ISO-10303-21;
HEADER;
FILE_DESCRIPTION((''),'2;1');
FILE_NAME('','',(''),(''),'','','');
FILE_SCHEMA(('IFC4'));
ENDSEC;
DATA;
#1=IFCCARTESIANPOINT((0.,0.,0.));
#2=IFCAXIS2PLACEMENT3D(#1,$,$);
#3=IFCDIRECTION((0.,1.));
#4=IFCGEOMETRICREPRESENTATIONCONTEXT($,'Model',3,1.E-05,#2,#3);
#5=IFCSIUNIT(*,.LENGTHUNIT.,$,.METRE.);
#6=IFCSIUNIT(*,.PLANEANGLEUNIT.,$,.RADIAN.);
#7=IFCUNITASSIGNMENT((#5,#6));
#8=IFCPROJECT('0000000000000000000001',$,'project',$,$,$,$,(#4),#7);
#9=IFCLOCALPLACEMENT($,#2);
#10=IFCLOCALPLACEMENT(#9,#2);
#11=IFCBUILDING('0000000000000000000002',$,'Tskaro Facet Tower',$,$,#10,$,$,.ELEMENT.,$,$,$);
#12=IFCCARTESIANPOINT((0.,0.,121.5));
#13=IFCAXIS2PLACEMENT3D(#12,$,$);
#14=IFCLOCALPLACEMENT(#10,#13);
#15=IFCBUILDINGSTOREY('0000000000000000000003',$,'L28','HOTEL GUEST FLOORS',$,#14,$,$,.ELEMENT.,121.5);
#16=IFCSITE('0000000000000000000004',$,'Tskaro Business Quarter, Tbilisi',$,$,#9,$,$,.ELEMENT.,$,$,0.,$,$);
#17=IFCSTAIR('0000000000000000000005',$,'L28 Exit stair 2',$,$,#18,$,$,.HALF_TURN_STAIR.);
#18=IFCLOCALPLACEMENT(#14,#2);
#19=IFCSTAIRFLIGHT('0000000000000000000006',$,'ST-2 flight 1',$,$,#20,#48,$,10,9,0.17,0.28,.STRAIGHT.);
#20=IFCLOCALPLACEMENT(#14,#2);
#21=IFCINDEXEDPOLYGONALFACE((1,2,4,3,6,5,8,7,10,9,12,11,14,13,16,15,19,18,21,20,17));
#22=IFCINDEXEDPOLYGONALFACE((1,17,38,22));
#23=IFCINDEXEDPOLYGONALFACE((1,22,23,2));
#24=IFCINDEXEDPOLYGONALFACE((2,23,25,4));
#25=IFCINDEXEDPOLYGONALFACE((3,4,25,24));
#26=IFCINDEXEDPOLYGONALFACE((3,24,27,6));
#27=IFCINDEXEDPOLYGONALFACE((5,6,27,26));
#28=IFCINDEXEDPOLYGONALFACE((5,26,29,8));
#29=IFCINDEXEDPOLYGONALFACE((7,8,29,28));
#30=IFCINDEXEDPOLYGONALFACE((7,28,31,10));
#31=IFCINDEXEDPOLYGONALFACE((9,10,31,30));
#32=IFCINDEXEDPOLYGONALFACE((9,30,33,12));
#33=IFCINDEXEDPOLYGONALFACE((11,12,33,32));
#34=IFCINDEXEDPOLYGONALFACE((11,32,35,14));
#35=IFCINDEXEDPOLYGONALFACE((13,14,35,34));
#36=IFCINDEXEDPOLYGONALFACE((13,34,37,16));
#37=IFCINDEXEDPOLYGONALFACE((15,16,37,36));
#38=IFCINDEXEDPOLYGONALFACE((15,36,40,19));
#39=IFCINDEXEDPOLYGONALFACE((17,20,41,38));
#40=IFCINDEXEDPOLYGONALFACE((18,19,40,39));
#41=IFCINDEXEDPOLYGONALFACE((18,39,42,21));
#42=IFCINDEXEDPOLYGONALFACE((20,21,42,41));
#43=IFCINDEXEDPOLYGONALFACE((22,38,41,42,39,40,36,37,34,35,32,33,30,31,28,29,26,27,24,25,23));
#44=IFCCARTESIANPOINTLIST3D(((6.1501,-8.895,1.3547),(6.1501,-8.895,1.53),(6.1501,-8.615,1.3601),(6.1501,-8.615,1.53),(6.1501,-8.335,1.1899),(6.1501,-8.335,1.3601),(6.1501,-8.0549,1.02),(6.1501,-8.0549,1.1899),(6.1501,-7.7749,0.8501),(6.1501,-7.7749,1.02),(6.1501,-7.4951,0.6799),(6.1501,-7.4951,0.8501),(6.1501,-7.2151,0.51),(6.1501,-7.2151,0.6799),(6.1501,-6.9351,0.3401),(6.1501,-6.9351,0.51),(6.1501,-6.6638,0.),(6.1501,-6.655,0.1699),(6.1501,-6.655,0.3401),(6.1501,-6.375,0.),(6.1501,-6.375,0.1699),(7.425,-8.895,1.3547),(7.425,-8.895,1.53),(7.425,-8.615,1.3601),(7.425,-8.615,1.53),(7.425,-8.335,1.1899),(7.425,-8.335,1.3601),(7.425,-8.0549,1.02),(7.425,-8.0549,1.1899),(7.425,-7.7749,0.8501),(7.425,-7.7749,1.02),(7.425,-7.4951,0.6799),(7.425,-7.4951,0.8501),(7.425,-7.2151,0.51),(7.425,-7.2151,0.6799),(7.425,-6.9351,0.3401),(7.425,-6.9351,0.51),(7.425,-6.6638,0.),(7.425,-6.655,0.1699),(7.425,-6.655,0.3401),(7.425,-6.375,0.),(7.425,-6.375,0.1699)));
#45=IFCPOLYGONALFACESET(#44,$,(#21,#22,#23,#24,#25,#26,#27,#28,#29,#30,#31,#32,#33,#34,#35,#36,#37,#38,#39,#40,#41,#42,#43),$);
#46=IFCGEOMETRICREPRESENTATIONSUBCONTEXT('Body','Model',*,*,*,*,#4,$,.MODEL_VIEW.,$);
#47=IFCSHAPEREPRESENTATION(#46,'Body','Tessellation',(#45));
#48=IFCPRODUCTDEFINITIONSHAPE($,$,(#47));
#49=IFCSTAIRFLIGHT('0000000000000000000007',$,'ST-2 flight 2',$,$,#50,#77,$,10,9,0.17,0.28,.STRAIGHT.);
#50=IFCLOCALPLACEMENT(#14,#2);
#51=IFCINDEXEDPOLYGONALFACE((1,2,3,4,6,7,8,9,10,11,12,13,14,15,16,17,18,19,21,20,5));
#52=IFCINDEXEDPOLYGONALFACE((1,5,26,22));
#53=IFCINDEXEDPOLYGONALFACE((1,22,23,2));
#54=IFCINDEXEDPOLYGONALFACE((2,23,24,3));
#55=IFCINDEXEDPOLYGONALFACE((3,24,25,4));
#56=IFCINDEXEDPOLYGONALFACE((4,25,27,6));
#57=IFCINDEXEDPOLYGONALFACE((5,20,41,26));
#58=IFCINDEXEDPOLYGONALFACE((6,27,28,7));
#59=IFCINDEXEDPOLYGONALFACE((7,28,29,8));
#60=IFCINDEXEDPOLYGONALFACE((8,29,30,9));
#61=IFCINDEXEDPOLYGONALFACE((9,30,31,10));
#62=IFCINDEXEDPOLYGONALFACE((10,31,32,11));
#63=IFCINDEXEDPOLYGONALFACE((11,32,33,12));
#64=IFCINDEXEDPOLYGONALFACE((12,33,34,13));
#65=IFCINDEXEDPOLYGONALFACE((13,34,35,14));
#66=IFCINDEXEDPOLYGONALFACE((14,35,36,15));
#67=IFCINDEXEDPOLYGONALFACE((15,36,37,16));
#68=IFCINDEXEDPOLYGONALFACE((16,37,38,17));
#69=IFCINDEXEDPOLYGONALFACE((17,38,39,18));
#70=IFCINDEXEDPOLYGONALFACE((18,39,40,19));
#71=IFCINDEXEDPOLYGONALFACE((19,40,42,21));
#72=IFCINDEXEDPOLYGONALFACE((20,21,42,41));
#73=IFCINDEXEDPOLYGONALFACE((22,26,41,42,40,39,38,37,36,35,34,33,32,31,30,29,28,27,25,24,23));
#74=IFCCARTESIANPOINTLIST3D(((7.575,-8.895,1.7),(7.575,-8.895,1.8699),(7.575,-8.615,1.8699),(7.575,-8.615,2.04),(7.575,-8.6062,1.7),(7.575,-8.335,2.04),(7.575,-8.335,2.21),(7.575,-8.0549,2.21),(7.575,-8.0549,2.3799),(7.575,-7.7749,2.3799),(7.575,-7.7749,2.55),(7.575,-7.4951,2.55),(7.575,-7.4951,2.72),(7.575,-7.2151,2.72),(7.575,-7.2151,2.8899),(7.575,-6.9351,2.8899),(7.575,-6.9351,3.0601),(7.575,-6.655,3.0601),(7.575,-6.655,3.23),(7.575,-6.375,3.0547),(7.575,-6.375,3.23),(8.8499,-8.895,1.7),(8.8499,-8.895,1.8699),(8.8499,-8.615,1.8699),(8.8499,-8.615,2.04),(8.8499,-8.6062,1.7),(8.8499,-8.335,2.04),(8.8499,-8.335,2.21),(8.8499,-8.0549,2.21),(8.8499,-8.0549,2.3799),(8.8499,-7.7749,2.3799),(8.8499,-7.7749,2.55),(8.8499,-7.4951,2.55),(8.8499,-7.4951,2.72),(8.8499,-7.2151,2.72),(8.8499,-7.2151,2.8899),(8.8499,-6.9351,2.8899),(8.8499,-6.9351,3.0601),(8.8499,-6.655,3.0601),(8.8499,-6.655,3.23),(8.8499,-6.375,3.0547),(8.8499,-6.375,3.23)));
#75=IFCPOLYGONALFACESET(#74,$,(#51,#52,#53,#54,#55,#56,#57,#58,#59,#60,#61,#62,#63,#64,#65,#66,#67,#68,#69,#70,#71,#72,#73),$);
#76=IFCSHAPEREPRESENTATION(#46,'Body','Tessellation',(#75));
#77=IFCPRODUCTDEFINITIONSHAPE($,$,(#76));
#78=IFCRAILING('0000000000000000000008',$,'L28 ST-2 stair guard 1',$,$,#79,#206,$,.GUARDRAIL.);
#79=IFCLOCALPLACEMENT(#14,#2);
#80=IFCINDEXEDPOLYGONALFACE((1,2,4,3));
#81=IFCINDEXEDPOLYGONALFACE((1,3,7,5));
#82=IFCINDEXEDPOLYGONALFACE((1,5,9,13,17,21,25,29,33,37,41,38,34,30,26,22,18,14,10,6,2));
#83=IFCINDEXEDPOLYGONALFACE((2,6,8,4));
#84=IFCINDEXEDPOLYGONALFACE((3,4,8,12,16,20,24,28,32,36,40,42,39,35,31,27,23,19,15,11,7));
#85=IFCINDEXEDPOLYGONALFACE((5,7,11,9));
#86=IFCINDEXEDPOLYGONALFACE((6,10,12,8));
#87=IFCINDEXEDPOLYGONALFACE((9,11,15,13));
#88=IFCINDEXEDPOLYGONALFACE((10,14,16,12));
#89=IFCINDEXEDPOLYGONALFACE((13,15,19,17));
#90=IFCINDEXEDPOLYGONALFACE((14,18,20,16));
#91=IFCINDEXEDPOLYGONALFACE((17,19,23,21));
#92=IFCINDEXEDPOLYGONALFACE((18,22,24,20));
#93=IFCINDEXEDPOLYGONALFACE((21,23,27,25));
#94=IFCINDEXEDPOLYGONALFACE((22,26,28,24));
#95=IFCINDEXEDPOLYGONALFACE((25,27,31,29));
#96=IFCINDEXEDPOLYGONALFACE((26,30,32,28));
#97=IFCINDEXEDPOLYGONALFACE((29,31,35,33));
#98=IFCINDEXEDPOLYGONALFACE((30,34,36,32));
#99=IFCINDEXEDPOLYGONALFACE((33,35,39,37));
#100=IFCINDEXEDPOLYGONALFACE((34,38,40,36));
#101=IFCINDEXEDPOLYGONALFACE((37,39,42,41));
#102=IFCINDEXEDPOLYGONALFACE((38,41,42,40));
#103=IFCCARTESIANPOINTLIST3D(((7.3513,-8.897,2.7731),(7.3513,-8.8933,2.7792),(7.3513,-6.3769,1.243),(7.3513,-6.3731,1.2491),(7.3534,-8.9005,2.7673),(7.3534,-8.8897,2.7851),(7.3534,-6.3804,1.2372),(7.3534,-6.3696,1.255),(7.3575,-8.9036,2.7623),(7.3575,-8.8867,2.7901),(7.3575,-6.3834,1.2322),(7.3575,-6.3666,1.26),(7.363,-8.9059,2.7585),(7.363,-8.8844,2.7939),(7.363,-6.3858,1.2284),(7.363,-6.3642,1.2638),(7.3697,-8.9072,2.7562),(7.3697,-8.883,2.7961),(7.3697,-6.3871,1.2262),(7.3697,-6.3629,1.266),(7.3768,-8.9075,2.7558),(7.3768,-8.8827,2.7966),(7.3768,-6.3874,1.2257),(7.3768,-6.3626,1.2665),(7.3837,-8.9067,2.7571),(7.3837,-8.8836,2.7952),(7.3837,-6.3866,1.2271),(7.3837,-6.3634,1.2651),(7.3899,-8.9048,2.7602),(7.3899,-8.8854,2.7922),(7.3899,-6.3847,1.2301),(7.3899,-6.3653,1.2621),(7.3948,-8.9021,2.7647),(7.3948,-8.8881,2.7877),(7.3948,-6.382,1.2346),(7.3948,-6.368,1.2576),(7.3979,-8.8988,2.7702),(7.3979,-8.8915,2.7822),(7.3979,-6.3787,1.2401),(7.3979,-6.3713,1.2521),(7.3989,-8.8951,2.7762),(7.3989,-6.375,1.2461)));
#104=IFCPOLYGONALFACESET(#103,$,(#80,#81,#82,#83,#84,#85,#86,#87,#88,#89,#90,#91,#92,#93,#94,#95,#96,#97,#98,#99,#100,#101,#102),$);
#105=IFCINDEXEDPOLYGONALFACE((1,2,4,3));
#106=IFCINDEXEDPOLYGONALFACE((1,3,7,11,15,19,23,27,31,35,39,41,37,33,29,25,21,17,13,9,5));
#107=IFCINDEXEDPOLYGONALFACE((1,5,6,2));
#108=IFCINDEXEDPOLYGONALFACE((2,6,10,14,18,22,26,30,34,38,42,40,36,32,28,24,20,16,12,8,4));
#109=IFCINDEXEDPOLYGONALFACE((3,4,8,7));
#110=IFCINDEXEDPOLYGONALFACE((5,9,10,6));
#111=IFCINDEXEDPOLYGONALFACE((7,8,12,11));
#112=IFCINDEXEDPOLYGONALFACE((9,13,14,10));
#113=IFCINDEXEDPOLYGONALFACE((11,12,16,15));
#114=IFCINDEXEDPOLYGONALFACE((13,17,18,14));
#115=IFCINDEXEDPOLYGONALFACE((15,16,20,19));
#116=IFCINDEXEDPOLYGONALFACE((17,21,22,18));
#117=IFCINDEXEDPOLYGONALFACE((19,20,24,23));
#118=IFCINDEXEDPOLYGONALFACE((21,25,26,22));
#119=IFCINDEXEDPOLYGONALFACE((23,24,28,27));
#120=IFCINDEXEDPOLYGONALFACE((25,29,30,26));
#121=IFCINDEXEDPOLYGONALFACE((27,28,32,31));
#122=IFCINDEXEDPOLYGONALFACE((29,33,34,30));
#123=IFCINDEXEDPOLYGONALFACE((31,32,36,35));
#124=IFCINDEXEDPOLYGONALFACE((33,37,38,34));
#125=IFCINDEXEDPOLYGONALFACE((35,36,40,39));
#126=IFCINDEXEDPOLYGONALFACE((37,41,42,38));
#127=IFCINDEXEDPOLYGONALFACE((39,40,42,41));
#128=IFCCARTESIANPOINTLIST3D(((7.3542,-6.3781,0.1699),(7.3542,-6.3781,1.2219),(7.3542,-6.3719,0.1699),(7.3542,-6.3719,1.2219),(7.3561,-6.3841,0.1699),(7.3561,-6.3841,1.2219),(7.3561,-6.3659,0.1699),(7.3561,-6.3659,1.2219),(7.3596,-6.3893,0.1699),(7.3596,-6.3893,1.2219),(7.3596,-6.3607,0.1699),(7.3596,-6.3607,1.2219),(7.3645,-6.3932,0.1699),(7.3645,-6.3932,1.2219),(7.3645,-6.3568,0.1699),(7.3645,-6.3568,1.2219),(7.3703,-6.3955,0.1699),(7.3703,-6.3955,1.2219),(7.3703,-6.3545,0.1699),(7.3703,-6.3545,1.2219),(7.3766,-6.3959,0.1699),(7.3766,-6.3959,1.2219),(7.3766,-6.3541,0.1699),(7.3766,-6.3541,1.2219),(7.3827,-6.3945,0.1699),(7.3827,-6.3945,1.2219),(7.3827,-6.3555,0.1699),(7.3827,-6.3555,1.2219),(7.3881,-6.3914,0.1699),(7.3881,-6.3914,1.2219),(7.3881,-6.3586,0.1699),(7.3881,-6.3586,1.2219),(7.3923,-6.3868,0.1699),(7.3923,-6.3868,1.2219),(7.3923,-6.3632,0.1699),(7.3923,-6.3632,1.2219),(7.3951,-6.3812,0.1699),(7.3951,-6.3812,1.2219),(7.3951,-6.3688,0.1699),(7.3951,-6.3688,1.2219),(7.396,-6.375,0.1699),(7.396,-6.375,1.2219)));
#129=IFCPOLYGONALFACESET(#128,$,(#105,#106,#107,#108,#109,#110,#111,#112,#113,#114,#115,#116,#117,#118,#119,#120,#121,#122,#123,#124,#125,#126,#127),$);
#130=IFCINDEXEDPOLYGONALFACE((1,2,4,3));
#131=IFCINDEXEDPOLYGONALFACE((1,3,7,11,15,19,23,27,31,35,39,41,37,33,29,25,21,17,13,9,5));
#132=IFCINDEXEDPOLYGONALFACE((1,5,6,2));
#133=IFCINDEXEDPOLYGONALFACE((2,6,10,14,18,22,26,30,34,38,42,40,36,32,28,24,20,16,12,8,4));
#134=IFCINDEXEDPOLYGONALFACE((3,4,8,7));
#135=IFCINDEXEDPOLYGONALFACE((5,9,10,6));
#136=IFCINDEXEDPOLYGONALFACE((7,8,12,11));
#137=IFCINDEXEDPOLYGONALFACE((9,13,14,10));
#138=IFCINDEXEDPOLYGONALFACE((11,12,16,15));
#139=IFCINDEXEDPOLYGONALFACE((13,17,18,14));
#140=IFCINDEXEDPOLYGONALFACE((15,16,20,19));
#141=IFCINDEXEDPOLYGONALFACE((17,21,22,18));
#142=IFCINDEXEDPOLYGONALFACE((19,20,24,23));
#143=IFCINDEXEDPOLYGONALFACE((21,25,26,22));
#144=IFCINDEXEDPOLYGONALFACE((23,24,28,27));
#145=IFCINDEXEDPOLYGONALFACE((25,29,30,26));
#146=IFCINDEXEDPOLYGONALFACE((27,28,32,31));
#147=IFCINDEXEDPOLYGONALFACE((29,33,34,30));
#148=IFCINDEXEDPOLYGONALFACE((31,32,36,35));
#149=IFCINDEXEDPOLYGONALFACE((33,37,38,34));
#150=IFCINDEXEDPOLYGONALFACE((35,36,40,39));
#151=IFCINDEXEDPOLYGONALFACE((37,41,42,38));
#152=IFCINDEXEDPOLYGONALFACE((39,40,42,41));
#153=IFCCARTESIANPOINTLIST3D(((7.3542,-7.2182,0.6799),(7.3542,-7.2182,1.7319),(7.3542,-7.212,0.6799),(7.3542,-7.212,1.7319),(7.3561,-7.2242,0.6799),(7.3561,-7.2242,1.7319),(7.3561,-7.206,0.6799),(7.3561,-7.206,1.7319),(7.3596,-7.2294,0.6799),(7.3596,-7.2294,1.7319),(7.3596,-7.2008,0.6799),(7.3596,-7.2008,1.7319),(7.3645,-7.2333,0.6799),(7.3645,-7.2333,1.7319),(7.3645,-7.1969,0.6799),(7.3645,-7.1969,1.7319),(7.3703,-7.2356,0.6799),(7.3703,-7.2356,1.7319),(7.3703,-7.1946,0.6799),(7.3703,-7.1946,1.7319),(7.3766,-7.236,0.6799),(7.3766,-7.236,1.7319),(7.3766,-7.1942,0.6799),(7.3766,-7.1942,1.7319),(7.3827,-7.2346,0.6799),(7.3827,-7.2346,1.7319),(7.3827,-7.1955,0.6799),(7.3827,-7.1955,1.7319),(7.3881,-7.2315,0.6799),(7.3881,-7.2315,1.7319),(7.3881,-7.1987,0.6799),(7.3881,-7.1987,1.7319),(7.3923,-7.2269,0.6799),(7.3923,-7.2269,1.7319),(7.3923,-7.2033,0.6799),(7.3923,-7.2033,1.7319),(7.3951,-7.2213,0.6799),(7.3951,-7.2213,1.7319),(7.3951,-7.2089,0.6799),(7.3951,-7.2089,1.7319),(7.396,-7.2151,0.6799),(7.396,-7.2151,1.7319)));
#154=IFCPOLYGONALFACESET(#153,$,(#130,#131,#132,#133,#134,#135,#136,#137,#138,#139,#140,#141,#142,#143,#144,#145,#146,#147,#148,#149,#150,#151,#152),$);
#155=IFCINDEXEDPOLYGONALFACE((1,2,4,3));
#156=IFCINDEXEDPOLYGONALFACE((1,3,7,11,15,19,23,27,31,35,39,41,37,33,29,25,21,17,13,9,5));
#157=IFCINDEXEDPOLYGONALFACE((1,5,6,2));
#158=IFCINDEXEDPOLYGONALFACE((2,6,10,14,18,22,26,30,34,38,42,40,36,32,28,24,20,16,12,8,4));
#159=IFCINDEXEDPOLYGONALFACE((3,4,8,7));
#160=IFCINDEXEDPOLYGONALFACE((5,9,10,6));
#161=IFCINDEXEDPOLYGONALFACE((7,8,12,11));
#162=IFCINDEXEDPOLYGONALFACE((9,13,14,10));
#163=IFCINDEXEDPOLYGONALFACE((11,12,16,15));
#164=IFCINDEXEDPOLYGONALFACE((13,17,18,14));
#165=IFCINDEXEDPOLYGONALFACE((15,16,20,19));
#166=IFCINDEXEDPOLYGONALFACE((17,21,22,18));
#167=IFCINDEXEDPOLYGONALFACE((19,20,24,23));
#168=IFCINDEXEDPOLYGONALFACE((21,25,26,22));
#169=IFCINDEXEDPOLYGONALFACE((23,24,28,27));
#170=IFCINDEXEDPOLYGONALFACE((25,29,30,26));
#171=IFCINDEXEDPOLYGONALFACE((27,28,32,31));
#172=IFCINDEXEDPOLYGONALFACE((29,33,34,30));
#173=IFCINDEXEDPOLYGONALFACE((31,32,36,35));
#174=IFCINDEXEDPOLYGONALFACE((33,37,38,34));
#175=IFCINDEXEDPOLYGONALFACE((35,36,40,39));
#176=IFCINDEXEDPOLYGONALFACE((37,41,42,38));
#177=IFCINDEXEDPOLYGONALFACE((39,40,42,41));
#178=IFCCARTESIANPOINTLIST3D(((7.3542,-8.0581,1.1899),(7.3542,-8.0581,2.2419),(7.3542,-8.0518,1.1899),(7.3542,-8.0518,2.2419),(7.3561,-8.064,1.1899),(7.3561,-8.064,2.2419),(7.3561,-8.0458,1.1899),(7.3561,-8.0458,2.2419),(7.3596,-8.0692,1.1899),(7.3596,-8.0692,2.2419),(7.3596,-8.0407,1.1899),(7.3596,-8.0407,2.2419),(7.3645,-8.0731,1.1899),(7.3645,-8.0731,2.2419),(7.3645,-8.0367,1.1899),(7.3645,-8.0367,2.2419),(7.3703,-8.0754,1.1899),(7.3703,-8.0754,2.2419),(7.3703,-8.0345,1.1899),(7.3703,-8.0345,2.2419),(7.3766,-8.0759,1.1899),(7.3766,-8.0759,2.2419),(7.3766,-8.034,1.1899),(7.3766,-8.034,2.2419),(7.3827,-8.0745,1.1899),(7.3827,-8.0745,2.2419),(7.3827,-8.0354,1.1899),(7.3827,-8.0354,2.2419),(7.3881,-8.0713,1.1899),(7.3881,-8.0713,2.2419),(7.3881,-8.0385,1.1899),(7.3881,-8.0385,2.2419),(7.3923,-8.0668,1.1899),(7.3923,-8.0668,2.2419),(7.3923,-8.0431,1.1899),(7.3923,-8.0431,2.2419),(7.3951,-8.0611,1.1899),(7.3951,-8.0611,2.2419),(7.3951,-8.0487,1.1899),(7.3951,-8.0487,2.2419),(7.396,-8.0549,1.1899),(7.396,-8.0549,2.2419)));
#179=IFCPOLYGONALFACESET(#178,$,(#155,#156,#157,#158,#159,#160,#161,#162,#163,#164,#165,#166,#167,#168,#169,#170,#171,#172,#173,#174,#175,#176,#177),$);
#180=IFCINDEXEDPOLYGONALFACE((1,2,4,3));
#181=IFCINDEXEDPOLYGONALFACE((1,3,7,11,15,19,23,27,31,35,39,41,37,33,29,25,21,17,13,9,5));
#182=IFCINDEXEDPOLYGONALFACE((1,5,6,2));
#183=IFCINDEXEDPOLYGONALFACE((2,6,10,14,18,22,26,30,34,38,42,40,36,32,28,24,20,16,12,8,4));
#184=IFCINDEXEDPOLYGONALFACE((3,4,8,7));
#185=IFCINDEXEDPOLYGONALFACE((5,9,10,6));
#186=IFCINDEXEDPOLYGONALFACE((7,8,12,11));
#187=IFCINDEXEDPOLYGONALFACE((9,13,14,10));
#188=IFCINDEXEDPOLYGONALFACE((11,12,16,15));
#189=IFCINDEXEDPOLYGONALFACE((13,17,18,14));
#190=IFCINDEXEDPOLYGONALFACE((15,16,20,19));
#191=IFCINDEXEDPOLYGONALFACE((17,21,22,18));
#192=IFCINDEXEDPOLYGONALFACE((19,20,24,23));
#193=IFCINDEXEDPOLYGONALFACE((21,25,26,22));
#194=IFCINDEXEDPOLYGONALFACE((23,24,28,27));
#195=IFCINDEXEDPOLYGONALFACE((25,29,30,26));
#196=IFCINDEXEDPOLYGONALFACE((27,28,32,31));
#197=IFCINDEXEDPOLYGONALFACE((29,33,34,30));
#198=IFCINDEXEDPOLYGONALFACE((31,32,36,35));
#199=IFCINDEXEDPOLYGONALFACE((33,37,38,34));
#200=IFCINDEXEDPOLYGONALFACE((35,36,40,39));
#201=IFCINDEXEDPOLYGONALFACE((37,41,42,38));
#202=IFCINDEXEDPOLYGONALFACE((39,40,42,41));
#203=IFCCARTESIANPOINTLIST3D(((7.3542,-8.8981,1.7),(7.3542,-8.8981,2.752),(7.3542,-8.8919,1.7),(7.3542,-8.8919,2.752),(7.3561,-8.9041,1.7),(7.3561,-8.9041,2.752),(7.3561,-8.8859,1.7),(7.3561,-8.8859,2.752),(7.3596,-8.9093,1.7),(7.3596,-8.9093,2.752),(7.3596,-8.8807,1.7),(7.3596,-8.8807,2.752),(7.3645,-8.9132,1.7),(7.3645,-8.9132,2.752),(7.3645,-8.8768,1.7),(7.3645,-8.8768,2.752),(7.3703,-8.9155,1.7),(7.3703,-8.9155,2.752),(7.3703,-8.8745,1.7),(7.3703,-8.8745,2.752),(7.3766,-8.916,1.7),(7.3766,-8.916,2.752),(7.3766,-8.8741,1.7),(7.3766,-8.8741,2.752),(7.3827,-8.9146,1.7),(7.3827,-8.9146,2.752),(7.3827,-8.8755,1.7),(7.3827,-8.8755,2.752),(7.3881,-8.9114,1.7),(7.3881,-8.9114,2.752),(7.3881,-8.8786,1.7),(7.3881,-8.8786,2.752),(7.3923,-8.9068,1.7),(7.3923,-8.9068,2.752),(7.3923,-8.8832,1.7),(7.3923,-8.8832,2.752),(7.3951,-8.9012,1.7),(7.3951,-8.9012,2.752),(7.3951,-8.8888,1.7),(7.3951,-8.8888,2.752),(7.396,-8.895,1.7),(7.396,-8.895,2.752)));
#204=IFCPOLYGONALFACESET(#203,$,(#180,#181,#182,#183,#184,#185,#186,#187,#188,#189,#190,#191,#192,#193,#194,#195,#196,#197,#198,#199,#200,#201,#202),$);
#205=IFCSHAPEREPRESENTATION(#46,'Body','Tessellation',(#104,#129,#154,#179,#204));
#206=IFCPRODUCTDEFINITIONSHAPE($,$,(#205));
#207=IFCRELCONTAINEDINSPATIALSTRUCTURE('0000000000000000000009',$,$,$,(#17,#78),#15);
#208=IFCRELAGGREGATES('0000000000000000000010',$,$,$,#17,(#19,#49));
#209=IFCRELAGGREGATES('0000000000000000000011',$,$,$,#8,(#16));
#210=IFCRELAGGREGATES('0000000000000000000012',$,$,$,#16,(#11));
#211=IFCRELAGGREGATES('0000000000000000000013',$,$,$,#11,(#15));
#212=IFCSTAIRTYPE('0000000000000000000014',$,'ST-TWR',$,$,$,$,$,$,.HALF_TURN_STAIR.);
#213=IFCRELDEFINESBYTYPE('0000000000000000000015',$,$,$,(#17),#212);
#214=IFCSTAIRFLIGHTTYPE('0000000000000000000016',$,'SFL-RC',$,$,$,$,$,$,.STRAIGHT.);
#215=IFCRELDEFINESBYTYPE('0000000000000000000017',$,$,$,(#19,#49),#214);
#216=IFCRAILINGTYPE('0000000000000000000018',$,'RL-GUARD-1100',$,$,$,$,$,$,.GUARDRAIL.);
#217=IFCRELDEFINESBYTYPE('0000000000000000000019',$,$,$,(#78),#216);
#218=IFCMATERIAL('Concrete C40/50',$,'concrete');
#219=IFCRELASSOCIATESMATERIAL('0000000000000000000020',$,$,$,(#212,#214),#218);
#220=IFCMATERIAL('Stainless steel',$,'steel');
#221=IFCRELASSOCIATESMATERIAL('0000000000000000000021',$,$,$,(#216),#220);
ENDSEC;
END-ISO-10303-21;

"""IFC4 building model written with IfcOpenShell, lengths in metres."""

from ifc_helpers import new_model, si_unit, direction, frame, origin, origin_2d, place, context, subcontext, project, spatial, polyline, circle, outline, extrude, material, type_object, element, aggregate, save


model = new_model("IFC4")

# Units and contexts
model_context = context("Model", 3, precision=1e-05, world=origin(), true_north=direction((0.0, 1.0)))
body_context = subcontext(model_context, "Body", "Model", "MODEL_VIEW")
ifc_project = project(units=[si_unit("LENGTHUNIT", "METRE"), si_unit("PLANEANGLEUNIT", "RADIAN")], contexts=[model_context])

# Site, building, storey
site_placement = place(None, origin())
site = spatial("IfcSite", under=ifc_project, at=site_placement, Name="Tskaro Business Quarter, Tbilisi", CompositionType="ELEMENT", RefElevation=0.0)
building_placement = place(site_placement, origin())
building = spatial("IfcBuilding", under=site, at=building_placement, Name="Tskaro Facet Tower", CompositionType="ELEMENT")
storey_placement = place(building_placement, frame((0.0, 0.0, 121.5)))
storey = spatial("IfcBuildingStorey", under=building, at=storey_placement, Name="L28", Description="HOTEL GUEST FLOORS", CompositionType="ELEMENT", Elevation=121.5)

# Stair, stair flights
ifc_material_1 = material(Name="Concrete C40/50", Category="concrete")
stair_type = type_object("IfcStairType", Name="ST-TWR", PredefinedType="HALF_TURN_STAIR", material=ifc_material_1)
stair_placement = place(storey_placement, origin())
stair = element("IfcStair", 1, at=stair_placement, inside=storey, type_object=stair_type, Name="L28 Exit stair 2", PredefinedType="HALF_TURN_STAIR")
stair_flight_type = type_object("IfcStairFlightType", Name="SFL-RC", PredefinedType="STRAIGHT", material=ifc_material_1)
stair_flight_1_placement = place(storey_placement, frame((6.7876, -6.375, 0.0), z_axis=(0.0, 0.0, 1.0), x_axis=(0.0, -1.0, 0.0)))
stair_flight_1 = element("IfcStairFlight", 2, at=stair_flight_1_placement, type_object=stair_flight_type, Name="ST-2 flight 1", NumberOfRisers=10, NumberOfTreads=9, PredefinedType="STRAIGHT", RiserHeight=0.17, TreadLength=0.28, context=body_context, shape_type="SweptSolid", body=[
    extrude(outline(polyline([(0.0, 0.0), (0.0, 0.1699), (0.28, 0.1699), (0.28, 0.3401), (0.5601, 0.3401), (0.5601, 0.51), (0.8401, 0.51), (0.8401, 0.6799), (1.1201, 0.6799), (1.1201, 0.8501), (1.3999, 0.8501), (1.3999, 1.02), (1.6799, 1.02), (1.6799, 1.1899), (1.96, 1.1899), (1.96, 1.3601), (2.24, 1.3601), (2.24, 1.53), (2.52, 1.53), (2.52, 1.7), (2.52, 1.3547), (0.2888, 0.0), (0.0, 0.0)])), frame((0.0, 0.6375, 0.0), z_axis=(0.0, -1.0, 0.0), x_axis=(1.0, 0.0, 0.0)), (0.0, 0.0, 1.0), 1.2749),
])
stair_flight_2_placement = place(storey_placement, frame((8.2124, -8.895, 1.7), z_axis=(0.0, 0.0, 1.0), x_axis=(0.0, 1.0, 0.0)))
stair_flight_2 = element("IfcStairFlight", 3, at=stair_flight_2_placement, type_object=stair_flight_type, Name="ST-2 flight 2", NumberOfRisers=10, NumberOfTreads=9, PredefinedType="STRAIGHT", RiserHeight=0.17, TreadLength=0.28, context=body_context, shape_type="SweptSolid", body=[
    extrude(outline(polyline([(0.0, 0.0), (0.0, 0.1699), (0.28, 0.1699), (0.28, 0.3401), (0.5601, 0.3401), (0.5601, 0.51), (0.8401, 0.51), (0.8401, 0.6799), (1.1201, 0.6799), (1.1201, 0.8501), (1.3999, 0.8501), (1.3999, 1.02), (1.6799, 1.02), (1.6799, 1.1899), (1.96, 1.1899), (1.96, 1.3601), (2.24, 1.3601), (2.24, 1.53), (2.52, 1.53), (2.52, 1.7), (2.52, 1.3547), (0.2888, 0.0), (0.0, 0.0)])), frame((0.0, 0.6375, 0.0), z_axis=(0.0, -1.0, 0.0), x_axis=(1.0, 0.0, 0.0)), (0.0, 0.0, 1.0), 1.2749),
])
aggregate(stair, [stair_flight_1, stair_flight_2])

# Railing
ifc_material_2 = material(Name="Stainless steel", Category="steel")
railing_type_1 = type_object("IfcRailingType", Name="RL-GUARD-1100", PredefinedType="GUARDRAIL", material=ifc_material_2)
railing_1_placement = place(storey_placement, frame((7.375, -6.375, 0.1699)))
element("IfcRailing", 4, at=railing_1_placement, inside=storey, type_object=railing_type_1, Name="L28 ST-2 stair guard 1", PredefinedType="GUARDRAIL", context=body_context, shape_type="SweptSolid", body=[
    extrude(circle(Radius=0.0239, at=origin_2d()), frame((0.0, 0.0, 1.0762), z_axis=(0.0, -0.854785, 0.518982), x_axis=(1.0, 0.0, 0.0)), (0.0, 0.0, 1.0), 2.9482),
    extrude(circle(Radius=0.021, at=origin_2d()), origin(), (0.0, 0.0, 1.0), 1.052),
    extrude(circle(Radius=0.021, at=origin_2d()), frame((0.0, -0.8401, 0.51)), (0.0, 0.0, 1.0), 1.052),
    extrude(circle(Radius=0.021, at=origin_2d()), frame((0.0, -1.6799, 1.02)), (0.0, 0.0, 1.0), 1.052),
    extrude(circle(Radius=0.021, at=origin_2d()), frame((0.0, -2.52, 1.53)), (0.0, 0.0, 1.0), 1.052),
])

save(model, "model.ifc")
